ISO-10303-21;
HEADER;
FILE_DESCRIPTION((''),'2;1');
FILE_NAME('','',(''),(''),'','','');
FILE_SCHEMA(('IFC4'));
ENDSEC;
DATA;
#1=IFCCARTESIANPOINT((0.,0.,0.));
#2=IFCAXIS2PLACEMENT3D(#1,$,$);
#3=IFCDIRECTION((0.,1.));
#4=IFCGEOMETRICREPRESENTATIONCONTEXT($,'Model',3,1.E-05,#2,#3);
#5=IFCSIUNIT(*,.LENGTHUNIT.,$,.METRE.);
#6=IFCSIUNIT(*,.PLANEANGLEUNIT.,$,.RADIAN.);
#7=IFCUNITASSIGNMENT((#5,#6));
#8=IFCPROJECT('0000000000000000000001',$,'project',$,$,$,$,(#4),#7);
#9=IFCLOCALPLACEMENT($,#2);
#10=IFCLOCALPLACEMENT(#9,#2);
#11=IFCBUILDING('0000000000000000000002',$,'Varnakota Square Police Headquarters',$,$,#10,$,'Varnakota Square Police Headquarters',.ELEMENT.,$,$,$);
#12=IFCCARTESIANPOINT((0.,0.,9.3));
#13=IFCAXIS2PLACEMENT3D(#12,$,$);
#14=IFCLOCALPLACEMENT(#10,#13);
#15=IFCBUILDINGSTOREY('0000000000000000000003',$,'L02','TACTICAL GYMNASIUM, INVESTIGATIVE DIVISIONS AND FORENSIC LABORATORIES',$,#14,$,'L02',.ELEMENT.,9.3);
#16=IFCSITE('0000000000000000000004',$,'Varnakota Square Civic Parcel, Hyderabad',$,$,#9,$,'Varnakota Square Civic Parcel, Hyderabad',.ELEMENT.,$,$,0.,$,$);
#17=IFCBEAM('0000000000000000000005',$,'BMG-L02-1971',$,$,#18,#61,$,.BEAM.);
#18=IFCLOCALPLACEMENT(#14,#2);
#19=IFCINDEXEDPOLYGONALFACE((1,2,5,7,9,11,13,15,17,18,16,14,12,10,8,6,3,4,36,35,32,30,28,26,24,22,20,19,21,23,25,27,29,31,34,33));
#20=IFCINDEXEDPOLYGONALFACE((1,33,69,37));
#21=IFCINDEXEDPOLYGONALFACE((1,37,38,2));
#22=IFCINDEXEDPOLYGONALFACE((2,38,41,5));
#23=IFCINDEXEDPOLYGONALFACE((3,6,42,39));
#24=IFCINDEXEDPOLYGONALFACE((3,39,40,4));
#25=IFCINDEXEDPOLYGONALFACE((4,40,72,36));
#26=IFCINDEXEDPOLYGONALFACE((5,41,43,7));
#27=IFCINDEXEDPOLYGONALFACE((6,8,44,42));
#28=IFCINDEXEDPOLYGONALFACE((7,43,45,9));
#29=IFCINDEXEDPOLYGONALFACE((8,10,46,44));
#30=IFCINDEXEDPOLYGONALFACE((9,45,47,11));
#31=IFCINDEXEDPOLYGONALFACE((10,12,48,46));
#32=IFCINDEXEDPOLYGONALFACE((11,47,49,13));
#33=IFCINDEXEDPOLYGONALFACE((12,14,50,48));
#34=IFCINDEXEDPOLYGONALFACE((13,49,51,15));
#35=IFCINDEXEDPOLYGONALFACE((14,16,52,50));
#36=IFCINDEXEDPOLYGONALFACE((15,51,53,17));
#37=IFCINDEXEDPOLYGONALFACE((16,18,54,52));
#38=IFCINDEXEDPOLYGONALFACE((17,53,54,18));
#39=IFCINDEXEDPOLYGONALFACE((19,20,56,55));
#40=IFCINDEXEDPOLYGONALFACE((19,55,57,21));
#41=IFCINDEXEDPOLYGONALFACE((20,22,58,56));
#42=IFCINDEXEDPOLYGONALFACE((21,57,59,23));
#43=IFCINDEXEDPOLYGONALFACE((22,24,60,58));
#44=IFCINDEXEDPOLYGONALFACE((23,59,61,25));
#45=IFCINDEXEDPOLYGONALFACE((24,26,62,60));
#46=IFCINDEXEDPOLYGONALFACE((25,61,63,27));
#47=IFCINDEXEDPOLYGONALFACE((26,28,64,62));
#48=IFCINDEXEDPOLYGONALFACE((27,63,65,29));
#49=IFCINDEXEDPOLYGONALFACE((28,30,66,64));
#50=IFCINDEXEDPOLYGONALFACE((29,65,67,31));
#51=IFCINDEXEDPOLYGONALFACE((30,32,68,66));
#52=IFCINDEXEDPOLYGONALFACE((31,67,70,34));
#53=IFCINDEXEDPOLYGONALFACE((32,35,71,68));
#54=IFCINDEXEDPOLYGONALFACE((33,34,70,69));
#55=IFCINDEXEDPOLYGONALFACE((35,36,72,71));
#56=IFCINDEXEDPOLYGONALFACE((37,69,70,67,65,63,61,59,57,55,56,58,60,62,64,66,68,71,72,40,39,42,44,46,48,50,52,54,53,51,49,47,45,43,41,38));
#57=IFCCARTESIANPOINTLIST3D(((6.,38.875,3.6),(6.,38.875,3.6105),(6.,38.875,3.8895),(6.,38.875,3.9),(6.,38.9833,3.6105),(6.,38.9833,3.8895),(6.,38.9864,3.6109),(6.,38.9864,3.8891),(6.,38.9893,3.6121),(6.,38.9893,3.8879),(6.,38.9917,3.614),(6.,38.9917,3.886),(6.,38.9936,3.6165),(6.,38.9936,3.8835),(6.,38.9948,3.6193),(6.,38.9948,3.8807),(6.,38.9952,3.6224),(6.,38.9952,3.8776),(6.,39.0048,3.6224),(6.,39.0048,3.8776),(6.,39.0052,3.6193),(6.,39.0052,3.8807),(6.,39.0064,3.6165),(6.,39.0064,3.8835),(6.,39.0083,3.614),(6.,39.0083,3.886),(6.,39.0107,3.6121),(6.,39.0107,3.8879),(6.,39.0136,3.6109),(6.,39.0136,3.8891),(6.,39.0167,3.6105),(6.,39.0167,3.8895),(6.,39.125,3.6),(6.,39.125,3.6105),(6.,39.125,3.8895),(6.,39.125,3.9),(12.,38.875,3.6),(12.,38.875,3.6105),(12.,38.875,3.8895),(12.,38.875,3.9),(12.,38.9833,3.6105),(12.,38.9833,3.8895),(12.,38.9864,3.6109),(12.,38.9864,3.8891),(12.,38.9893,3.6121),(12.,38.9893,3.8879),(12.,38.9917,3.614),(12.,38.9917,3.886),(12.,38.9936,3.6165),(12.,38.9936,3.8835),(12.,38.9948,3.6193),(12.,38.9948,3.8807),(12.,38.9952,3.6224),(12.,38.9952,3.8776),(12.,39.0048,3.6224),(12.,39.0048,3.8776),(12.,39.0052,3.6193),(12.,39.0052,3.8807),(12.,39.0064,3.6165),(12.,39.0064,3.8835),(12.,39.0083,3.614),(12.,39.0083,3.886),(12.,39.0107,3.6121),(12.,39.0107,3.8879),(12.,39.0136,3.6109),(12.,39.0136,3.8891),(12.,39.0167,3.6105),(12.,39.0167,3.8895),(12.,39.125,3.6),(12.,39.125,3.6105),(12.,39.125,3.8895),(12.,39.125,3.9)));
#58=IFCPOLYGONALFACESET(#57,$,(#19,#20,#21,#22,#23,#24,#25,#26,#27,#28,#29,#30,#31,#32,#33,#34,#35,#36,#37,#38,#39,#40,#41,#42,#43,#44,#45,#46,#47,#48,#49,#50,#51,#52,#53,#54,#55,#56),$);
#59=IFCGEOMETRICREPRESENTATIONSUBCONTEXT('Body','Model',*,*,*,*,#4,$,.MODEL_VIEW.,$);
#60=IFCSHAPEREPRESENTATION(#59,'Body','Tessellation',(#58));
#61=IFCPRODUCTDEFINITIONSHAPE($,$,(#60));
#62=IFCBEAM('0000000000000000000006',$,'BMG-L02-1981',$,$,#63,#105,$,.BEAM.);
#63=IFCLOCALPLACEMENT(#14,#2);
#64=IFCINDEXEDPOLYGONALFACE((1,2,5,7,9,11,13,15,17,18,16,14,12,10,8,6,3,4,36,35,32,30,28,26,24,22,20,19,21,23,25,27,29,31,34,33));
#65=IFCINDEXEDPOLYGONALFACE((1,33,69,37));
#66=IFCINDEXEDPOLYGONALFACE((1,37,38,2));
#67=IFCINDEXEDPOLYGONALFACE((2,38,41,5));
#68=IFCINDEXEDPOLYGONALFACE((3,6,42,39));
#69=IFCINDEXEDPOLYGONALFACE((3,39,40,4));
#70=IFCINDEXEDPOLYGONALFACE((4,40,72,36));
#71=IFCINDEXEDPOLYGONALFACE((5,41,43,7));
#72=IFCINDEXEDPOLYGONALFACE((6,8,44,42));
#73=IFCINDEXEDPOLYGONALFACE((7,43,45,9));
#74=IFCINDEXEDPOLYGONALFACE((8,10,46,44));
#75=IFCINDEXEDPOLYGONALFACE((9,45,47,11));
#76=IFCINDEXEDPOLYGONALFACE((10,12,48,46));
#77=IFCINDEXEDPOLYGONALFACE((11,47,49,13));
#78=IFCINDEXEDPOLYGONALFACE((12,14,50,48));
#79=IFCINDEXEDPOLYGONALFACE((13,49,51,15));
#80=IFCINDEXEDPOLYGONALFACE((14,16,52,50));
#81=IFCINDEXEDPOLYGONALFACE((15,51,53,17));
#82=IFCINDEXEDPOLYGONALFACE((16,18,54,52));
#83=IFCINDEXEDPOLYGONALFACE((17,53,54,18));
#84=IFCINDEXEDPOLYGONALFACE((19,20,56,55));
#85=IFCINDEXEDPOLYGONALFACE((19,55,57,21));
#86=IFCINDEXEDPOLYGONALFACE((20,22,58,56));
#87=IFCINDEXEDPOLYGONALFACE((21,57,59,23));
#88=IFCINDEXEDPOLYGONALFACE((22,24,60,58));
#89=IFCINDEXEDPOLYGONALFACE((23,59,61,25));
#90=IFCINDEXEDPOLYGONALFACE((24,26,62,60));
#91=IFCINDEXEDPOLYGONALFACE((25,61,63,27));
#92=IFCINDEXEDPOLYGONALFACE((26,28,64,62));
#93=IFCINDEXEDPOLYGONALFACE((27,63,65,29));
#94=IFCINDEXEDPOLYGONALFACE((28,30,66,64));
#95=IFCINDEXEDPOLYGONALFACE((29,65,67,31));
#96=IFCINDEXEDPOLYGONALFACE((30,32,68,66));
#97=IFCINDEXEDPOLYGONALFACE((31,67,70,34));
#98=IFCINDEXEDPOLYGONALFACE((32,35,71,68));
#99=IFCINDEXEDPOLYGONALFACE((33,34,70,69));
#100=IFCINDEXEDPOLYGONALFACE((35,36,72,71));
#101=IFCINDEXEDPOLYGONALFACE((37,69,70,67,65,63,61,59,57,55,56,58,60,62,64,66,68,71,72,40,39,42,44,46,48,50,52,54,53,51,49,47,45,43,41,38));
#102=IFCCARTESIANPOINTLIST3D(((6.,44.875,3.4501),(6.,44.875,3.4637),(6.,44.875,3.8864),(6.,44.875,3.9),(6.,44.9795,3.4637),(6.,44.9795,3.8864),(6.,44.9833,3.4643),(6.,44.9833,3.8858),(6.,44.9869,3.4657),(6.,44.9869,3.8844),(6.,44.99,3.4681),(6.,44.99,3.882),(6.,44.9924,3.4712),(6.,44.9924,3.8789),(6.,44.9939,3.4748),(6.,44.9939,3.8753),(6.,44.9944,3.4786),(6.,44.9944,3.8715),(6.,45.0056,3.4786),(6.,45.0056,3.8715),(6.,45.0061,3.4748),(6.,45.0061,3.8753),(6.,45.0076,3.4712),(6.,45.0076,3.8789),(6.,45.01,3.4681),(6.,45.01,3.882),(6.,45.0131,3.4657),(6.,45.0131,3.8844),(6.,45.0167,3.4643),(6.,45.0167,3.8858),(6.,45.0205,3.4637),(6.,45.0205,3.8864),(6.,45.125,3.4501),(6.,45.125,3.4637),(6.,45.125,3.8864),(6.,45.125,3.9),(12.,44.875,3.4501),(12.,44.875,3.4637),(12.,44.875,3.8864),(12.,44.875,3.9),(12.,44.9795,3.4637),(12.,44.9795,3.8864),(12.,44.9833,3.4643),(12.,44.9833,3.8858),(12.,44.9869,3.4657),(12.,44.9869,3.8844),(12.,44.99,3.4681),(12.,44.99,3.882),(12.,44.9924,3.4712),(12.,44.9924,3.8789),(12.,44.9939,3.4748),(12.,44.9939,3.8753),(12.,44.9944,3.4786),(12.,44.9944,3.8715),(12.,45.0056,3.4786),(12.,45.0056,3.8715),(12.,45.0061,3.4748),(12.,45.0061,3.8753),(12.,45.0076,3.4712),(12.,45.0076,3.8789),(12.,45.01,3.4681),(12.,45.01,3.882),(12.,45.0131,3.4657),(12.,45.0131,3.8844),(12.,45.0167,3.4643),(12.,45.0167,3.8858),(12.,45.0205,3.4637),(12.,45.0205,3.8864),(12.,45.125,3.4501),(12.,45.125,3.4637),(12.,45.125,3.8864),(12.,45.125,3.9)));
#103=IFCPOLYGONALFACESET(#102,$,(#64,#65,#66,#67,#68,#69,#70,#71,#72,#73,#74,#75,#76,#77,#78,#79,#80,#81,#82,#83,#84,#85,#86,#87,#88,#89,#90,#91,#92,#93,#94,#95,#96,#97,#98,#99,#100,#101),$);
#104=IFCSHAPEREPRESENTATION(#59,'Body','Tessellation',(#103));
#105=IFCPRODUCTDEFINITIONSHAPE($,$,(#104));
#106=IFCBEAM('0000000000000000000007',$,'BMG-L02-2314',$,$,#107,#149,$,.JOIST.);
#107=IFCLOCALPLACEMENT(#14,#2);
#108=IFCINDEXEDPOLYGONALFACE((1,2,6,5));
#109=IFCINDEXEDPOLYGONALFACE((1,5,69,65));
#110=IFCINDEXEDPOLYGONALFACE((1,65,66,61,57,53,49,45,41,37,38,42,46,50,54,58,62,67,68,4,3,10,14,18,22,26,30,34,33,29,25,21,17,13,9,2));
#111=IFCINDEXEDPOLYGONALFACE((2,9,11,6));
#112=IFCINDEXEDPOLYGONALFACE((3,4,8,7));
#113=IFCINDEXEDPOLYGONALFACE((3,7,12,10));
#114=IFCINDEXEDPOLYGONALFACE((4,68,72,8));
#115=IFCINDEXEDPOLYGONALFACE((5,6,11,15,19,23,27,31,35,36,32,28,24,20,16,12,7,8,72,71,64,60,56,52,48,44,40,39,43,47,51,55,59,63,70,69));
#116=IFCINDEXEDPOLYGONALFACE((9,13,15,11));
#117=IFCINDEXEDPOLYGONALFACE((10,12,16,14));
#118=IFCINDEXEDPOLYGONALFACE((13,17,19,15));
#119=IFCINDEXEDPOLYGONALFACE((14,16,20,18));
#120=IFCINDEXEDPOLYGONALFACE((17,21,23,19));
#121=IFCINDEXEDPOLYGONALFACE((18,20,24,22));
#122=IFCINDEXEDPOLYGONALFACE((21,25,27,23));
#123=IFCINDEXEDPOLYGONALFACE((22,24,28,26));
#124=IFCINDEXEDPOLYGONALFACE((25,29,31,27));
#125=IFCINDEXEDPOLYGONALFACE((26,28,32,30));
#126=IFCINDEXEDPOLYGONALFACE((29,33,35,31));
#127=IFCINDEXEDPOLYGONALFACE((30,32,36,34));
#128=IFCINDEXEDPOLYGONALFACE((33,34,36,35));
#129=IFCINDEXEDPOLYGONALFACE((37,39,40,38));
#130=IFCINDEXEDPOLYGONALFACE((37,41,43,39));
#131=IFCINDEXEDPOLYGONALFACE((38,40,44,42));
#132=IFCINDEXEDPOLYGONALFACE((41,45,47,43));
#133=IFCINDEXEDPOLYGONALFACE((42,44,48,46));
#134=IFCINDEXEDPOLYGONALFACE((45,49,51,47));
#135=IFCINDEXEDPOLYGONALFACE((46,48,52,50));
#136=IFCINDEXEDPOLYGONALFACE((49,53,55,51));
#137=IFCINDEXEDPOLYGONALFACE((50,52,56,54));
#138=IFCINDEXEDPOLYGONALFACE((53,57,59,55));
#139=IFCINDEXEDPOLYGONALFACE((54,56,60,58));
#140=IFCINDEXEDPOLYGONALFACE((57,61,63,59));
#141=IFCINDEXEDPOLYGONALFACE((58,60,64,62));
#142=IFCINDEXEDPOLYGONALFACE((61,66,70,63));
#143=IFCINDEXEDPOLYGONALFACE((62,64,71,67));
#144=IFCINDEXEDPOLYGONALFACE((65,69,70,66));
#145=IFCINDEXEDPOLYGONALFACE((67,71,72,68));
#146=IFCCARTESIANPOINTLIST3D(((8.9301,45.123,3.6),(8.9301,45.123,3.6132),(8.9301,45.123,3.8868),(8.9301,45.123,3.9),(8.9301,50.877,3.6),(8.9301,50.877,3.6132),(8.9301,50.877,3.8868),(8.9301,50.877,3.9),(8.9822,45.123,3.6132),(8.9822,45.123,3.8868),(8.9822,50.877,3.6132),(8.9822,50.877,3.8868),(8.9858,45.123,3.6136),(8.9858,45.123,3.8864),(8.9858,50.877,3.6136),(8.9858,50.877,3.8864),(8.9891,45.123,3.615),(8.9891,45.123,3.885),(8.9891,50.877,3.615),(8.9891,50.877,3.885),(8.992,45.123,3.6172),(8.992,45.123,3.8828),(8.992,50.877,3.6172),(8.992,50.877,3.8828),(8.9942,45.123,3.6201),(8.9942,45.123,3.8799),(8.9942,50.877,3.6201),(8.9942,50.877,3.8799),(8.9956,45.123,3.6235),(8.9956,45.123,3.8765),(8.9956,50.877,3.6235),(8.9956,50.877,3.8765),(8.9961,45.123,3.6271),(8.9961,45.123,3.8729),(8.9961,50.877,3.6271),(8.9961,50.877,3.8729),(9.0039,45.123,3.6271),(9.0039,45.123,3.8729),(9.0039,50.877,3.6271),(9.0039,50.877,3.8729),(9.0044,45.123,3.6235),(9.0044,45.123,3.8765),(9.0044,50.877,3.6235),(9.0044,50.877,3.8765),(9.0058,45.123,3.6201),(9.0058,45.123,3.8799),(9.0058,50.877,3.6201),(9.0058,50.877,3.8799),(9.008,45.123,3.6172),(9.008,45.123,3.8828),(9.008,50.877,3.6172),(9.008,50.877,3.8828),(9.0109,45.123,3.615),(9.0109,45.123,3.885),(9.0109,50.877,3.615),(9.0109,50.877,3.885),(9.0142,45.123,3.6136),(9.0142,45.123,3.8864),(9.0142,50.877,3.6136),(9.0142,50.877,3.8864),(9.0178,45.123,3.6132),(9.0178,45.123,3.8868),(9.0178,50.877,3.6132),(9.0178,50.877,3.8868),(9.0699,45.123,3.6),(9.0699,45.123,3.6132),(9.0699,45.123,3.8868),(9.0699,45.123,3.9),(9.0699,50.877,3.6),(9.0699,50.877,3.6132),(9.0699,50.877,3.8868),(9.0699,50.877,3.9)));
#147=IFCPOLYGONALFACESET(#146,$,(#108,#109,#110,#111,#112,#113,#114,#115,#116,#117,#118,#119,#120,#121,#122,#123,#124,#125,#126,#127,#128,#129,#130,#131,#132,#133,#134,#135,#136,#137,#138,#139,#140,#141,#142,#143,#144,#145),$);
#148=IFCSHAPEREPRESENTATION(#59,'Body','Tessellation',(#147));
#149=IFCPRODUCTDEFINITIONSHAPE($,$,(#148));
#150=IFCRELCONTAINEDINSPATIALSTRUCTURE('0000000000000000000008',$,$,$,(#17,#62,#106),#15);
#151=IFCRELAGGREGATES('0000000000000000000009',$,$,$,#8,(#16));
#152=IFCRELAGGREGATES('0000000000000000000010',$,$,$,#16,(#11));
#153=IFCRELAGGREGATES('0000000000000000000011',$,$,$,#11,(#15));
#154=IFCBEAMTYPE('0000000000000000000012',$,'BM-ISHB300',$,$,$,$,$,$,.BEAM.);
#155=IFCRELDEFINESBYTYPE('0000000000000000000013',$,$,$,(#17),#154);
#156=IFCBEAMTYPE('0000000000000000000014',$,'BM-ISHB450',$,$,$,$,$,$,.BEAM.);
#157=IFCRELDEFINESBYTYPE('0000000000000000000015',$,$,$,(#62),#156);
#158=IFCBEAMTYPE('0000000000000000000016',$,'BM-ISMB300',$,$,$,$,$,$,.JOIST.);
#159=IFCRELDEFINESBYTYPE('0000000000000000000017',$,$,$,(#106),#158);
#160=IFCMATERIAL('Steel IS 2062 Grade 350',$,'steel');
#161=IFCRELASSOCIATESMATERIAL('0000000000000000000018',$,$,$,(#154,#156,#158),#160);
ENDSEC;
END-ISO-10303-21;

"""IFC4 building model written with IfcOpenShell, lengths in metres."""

from ifc_helpers import new_model, si_unit, direction, frame, origin, origin_2d, place, context, subcontext, project, spatial, i_section, extrude, material, material_profile, profile_set, type_object, element, save


model = new_model("IFC4")

# Units and contexts
model_context = context("Model", 3, precision=1e-05, world=origin(), true_north=direction((0.0, 1.0)))
body_context = subcontext(model_context, "Body", "Model", "MODEL_VIEW")
ifc_project = project(units=[si_unit("LENGTHUNIT", "METRE"), si_unit("PLANEANGLEUNIT", "RADIAN")], contexts=[model_context])

# Site, building, storey
site_placement = place(None, origin())
site = spatial("IfcSite", under=ifc_project, at=site_placement, Name="Varnakota Square Civic Parcel, Hyderabad", LongName="Varnakota Square Civic Parcel, Hyderabad", CompositionType="ELEMENT", RefElevation=0.0)
building_placement = place(site_placement, origin())
building = spatial("IfcBuilding", under=site, at=building_placement, Name="Varnakota Square Police Headquarters", LongName="Varnakota Square Police Headquarters", CompositionType="ELEMENT")
storey_placement = place(building_placement, frame((0.0, 0.0, 9.3)))
storey = spatial("IfcBuildingStorey", under=building, at=storey_placement, Name="L02", Description="TACTICAL GYMNASIUM, INVESTIGATIVE DIVISIONS AND FORENSIC LABORATORIES", LongName="L02", CompositionType="ELEMENT", Elevation=9.3)

# Shared definitions
ifc_material_1 = material(Name="Steel IS 2062 Grade 350", Category="steel")

# Beams
ifc_material_profile_1 = material_profile(ifc_material_1, i_section(OverallWidth=0.25, OverallDepth=0.3, WebThickness=0.0095, FlangeThickness=0.0105, FilletRadius=0.012, at=origin_2d()), Name="ISHB 300")
ifc_profile_set_1 = profile_set([ifc_material_profile_1], Name="Steel IS 2062 Grade 350")
beam_type_1 = type_object("IfcBeamType", Name="BM-ISHB300", PredefinedType="BEAM", material=ifc_profile_set_1)
beam_1_placement = place(storey_placement, frame((6.0, 39.0, 3.75), z_axis=(1.0, 0.0, 0.0), x_axis=(0.0, 1.0, 0.0)))
element("IfcBeam", 1, at=beam_1_placement, inside=storey, type_object=beam_type_1, Name="BMG-L02-1971", PredefinedType="BEAM", context=body_context, shape_type="SweptSolid", body=[
    extrude(i_section(OverallWidth=0.25, OverallDepth=0.3, WebThickness=0.0095, FlangeThickness=0.0105, FilletRadius=0.012, at=origin_2d()), origin(), (0.0, 0.0, 1.0), 6.0),
])
ifc_material_profile_2 = material_profile(ifc_material_1, i_section(OverallWidth=0.25, OverallDepth=0.45, WebThickness=0.0112, FlangeThickness=0.0137, FilletRadius=0.0149, at=origin_2d()), Name="ISHB 450")
ifc_profile_set_2 = profile_set([ifc_material_profile_2], Name="Steel IS 2062 Grade 350")
beam_type_2 = type_object("IfcBeamType", Name="BM-ISHB450", PredefinedType="BEAM", material=ifc_profile_set_2)
beam_2_placement = place(storey_placement, frame((6.0, 45.0, 3.675), z_axis=(1.0, 0.0, 0.0), x_axis=(0.0, 1.0, 0.0)))
element("IfcBeam", 2, at=beam_2_placement, inside=storey, type_object=beam_type_2, Name="BMG-L02-1981", PredefinedType="BEAM", context=body_context, shape_type="SweptSolid", body=[
    extrude(i_section(OverallWidth=0.25, OverallDepth=0.45, WebThickness=0.0112, FlangeThickness=0.0137, FilletRadius=0.0149, at=origin_2d()), origin(), (0.0, 0.0, 1.0), 6.0),
])
ifc_material_profile_3 = material_profile(ifc_material_1, i_section(OverallWidth=0.1399, OverallDepth=0.3, WebThickness=0.0078, FlangeThickness=0.0132, FilletRadius=0.0139, at=origin_2d()), Name="ISMB 300")
ifc_profile_set_3 = profile_set([ifc_material_profile_3], Name="Steel IS 2062 Grade 350")
beam_type_3 = type_object("IfcBeamType", Name="BM-ISMB300", PredefinedType="JOIST", material=ifc_profile_set_3)
beam_3_placement = place(storey_placement, frame((9.0, 45.123, 3.75), z_axis=(0.0, 1.0, 0.0), x_axis=(-1.0, 0.0, 0.0)))
element("IfcBeam", 3, at=beam_3_placement, inside=storey, type_object=beam_type_3, Name="BMG-L02-2314", PredefinedType="JOIST", context=body_context, shape_type="SweptSolid", body=[
    extrude(i_section(OverallWidth=0.1399, OverallDepth=0.3, WebThickness=0.0078, FlangeThickness=0.0132, FilletRadius=0.0139, at=origin_2d()), origin(), (0.0, 0.0, 1.0), 5.7539),
])

save(model, "model.ifc")
